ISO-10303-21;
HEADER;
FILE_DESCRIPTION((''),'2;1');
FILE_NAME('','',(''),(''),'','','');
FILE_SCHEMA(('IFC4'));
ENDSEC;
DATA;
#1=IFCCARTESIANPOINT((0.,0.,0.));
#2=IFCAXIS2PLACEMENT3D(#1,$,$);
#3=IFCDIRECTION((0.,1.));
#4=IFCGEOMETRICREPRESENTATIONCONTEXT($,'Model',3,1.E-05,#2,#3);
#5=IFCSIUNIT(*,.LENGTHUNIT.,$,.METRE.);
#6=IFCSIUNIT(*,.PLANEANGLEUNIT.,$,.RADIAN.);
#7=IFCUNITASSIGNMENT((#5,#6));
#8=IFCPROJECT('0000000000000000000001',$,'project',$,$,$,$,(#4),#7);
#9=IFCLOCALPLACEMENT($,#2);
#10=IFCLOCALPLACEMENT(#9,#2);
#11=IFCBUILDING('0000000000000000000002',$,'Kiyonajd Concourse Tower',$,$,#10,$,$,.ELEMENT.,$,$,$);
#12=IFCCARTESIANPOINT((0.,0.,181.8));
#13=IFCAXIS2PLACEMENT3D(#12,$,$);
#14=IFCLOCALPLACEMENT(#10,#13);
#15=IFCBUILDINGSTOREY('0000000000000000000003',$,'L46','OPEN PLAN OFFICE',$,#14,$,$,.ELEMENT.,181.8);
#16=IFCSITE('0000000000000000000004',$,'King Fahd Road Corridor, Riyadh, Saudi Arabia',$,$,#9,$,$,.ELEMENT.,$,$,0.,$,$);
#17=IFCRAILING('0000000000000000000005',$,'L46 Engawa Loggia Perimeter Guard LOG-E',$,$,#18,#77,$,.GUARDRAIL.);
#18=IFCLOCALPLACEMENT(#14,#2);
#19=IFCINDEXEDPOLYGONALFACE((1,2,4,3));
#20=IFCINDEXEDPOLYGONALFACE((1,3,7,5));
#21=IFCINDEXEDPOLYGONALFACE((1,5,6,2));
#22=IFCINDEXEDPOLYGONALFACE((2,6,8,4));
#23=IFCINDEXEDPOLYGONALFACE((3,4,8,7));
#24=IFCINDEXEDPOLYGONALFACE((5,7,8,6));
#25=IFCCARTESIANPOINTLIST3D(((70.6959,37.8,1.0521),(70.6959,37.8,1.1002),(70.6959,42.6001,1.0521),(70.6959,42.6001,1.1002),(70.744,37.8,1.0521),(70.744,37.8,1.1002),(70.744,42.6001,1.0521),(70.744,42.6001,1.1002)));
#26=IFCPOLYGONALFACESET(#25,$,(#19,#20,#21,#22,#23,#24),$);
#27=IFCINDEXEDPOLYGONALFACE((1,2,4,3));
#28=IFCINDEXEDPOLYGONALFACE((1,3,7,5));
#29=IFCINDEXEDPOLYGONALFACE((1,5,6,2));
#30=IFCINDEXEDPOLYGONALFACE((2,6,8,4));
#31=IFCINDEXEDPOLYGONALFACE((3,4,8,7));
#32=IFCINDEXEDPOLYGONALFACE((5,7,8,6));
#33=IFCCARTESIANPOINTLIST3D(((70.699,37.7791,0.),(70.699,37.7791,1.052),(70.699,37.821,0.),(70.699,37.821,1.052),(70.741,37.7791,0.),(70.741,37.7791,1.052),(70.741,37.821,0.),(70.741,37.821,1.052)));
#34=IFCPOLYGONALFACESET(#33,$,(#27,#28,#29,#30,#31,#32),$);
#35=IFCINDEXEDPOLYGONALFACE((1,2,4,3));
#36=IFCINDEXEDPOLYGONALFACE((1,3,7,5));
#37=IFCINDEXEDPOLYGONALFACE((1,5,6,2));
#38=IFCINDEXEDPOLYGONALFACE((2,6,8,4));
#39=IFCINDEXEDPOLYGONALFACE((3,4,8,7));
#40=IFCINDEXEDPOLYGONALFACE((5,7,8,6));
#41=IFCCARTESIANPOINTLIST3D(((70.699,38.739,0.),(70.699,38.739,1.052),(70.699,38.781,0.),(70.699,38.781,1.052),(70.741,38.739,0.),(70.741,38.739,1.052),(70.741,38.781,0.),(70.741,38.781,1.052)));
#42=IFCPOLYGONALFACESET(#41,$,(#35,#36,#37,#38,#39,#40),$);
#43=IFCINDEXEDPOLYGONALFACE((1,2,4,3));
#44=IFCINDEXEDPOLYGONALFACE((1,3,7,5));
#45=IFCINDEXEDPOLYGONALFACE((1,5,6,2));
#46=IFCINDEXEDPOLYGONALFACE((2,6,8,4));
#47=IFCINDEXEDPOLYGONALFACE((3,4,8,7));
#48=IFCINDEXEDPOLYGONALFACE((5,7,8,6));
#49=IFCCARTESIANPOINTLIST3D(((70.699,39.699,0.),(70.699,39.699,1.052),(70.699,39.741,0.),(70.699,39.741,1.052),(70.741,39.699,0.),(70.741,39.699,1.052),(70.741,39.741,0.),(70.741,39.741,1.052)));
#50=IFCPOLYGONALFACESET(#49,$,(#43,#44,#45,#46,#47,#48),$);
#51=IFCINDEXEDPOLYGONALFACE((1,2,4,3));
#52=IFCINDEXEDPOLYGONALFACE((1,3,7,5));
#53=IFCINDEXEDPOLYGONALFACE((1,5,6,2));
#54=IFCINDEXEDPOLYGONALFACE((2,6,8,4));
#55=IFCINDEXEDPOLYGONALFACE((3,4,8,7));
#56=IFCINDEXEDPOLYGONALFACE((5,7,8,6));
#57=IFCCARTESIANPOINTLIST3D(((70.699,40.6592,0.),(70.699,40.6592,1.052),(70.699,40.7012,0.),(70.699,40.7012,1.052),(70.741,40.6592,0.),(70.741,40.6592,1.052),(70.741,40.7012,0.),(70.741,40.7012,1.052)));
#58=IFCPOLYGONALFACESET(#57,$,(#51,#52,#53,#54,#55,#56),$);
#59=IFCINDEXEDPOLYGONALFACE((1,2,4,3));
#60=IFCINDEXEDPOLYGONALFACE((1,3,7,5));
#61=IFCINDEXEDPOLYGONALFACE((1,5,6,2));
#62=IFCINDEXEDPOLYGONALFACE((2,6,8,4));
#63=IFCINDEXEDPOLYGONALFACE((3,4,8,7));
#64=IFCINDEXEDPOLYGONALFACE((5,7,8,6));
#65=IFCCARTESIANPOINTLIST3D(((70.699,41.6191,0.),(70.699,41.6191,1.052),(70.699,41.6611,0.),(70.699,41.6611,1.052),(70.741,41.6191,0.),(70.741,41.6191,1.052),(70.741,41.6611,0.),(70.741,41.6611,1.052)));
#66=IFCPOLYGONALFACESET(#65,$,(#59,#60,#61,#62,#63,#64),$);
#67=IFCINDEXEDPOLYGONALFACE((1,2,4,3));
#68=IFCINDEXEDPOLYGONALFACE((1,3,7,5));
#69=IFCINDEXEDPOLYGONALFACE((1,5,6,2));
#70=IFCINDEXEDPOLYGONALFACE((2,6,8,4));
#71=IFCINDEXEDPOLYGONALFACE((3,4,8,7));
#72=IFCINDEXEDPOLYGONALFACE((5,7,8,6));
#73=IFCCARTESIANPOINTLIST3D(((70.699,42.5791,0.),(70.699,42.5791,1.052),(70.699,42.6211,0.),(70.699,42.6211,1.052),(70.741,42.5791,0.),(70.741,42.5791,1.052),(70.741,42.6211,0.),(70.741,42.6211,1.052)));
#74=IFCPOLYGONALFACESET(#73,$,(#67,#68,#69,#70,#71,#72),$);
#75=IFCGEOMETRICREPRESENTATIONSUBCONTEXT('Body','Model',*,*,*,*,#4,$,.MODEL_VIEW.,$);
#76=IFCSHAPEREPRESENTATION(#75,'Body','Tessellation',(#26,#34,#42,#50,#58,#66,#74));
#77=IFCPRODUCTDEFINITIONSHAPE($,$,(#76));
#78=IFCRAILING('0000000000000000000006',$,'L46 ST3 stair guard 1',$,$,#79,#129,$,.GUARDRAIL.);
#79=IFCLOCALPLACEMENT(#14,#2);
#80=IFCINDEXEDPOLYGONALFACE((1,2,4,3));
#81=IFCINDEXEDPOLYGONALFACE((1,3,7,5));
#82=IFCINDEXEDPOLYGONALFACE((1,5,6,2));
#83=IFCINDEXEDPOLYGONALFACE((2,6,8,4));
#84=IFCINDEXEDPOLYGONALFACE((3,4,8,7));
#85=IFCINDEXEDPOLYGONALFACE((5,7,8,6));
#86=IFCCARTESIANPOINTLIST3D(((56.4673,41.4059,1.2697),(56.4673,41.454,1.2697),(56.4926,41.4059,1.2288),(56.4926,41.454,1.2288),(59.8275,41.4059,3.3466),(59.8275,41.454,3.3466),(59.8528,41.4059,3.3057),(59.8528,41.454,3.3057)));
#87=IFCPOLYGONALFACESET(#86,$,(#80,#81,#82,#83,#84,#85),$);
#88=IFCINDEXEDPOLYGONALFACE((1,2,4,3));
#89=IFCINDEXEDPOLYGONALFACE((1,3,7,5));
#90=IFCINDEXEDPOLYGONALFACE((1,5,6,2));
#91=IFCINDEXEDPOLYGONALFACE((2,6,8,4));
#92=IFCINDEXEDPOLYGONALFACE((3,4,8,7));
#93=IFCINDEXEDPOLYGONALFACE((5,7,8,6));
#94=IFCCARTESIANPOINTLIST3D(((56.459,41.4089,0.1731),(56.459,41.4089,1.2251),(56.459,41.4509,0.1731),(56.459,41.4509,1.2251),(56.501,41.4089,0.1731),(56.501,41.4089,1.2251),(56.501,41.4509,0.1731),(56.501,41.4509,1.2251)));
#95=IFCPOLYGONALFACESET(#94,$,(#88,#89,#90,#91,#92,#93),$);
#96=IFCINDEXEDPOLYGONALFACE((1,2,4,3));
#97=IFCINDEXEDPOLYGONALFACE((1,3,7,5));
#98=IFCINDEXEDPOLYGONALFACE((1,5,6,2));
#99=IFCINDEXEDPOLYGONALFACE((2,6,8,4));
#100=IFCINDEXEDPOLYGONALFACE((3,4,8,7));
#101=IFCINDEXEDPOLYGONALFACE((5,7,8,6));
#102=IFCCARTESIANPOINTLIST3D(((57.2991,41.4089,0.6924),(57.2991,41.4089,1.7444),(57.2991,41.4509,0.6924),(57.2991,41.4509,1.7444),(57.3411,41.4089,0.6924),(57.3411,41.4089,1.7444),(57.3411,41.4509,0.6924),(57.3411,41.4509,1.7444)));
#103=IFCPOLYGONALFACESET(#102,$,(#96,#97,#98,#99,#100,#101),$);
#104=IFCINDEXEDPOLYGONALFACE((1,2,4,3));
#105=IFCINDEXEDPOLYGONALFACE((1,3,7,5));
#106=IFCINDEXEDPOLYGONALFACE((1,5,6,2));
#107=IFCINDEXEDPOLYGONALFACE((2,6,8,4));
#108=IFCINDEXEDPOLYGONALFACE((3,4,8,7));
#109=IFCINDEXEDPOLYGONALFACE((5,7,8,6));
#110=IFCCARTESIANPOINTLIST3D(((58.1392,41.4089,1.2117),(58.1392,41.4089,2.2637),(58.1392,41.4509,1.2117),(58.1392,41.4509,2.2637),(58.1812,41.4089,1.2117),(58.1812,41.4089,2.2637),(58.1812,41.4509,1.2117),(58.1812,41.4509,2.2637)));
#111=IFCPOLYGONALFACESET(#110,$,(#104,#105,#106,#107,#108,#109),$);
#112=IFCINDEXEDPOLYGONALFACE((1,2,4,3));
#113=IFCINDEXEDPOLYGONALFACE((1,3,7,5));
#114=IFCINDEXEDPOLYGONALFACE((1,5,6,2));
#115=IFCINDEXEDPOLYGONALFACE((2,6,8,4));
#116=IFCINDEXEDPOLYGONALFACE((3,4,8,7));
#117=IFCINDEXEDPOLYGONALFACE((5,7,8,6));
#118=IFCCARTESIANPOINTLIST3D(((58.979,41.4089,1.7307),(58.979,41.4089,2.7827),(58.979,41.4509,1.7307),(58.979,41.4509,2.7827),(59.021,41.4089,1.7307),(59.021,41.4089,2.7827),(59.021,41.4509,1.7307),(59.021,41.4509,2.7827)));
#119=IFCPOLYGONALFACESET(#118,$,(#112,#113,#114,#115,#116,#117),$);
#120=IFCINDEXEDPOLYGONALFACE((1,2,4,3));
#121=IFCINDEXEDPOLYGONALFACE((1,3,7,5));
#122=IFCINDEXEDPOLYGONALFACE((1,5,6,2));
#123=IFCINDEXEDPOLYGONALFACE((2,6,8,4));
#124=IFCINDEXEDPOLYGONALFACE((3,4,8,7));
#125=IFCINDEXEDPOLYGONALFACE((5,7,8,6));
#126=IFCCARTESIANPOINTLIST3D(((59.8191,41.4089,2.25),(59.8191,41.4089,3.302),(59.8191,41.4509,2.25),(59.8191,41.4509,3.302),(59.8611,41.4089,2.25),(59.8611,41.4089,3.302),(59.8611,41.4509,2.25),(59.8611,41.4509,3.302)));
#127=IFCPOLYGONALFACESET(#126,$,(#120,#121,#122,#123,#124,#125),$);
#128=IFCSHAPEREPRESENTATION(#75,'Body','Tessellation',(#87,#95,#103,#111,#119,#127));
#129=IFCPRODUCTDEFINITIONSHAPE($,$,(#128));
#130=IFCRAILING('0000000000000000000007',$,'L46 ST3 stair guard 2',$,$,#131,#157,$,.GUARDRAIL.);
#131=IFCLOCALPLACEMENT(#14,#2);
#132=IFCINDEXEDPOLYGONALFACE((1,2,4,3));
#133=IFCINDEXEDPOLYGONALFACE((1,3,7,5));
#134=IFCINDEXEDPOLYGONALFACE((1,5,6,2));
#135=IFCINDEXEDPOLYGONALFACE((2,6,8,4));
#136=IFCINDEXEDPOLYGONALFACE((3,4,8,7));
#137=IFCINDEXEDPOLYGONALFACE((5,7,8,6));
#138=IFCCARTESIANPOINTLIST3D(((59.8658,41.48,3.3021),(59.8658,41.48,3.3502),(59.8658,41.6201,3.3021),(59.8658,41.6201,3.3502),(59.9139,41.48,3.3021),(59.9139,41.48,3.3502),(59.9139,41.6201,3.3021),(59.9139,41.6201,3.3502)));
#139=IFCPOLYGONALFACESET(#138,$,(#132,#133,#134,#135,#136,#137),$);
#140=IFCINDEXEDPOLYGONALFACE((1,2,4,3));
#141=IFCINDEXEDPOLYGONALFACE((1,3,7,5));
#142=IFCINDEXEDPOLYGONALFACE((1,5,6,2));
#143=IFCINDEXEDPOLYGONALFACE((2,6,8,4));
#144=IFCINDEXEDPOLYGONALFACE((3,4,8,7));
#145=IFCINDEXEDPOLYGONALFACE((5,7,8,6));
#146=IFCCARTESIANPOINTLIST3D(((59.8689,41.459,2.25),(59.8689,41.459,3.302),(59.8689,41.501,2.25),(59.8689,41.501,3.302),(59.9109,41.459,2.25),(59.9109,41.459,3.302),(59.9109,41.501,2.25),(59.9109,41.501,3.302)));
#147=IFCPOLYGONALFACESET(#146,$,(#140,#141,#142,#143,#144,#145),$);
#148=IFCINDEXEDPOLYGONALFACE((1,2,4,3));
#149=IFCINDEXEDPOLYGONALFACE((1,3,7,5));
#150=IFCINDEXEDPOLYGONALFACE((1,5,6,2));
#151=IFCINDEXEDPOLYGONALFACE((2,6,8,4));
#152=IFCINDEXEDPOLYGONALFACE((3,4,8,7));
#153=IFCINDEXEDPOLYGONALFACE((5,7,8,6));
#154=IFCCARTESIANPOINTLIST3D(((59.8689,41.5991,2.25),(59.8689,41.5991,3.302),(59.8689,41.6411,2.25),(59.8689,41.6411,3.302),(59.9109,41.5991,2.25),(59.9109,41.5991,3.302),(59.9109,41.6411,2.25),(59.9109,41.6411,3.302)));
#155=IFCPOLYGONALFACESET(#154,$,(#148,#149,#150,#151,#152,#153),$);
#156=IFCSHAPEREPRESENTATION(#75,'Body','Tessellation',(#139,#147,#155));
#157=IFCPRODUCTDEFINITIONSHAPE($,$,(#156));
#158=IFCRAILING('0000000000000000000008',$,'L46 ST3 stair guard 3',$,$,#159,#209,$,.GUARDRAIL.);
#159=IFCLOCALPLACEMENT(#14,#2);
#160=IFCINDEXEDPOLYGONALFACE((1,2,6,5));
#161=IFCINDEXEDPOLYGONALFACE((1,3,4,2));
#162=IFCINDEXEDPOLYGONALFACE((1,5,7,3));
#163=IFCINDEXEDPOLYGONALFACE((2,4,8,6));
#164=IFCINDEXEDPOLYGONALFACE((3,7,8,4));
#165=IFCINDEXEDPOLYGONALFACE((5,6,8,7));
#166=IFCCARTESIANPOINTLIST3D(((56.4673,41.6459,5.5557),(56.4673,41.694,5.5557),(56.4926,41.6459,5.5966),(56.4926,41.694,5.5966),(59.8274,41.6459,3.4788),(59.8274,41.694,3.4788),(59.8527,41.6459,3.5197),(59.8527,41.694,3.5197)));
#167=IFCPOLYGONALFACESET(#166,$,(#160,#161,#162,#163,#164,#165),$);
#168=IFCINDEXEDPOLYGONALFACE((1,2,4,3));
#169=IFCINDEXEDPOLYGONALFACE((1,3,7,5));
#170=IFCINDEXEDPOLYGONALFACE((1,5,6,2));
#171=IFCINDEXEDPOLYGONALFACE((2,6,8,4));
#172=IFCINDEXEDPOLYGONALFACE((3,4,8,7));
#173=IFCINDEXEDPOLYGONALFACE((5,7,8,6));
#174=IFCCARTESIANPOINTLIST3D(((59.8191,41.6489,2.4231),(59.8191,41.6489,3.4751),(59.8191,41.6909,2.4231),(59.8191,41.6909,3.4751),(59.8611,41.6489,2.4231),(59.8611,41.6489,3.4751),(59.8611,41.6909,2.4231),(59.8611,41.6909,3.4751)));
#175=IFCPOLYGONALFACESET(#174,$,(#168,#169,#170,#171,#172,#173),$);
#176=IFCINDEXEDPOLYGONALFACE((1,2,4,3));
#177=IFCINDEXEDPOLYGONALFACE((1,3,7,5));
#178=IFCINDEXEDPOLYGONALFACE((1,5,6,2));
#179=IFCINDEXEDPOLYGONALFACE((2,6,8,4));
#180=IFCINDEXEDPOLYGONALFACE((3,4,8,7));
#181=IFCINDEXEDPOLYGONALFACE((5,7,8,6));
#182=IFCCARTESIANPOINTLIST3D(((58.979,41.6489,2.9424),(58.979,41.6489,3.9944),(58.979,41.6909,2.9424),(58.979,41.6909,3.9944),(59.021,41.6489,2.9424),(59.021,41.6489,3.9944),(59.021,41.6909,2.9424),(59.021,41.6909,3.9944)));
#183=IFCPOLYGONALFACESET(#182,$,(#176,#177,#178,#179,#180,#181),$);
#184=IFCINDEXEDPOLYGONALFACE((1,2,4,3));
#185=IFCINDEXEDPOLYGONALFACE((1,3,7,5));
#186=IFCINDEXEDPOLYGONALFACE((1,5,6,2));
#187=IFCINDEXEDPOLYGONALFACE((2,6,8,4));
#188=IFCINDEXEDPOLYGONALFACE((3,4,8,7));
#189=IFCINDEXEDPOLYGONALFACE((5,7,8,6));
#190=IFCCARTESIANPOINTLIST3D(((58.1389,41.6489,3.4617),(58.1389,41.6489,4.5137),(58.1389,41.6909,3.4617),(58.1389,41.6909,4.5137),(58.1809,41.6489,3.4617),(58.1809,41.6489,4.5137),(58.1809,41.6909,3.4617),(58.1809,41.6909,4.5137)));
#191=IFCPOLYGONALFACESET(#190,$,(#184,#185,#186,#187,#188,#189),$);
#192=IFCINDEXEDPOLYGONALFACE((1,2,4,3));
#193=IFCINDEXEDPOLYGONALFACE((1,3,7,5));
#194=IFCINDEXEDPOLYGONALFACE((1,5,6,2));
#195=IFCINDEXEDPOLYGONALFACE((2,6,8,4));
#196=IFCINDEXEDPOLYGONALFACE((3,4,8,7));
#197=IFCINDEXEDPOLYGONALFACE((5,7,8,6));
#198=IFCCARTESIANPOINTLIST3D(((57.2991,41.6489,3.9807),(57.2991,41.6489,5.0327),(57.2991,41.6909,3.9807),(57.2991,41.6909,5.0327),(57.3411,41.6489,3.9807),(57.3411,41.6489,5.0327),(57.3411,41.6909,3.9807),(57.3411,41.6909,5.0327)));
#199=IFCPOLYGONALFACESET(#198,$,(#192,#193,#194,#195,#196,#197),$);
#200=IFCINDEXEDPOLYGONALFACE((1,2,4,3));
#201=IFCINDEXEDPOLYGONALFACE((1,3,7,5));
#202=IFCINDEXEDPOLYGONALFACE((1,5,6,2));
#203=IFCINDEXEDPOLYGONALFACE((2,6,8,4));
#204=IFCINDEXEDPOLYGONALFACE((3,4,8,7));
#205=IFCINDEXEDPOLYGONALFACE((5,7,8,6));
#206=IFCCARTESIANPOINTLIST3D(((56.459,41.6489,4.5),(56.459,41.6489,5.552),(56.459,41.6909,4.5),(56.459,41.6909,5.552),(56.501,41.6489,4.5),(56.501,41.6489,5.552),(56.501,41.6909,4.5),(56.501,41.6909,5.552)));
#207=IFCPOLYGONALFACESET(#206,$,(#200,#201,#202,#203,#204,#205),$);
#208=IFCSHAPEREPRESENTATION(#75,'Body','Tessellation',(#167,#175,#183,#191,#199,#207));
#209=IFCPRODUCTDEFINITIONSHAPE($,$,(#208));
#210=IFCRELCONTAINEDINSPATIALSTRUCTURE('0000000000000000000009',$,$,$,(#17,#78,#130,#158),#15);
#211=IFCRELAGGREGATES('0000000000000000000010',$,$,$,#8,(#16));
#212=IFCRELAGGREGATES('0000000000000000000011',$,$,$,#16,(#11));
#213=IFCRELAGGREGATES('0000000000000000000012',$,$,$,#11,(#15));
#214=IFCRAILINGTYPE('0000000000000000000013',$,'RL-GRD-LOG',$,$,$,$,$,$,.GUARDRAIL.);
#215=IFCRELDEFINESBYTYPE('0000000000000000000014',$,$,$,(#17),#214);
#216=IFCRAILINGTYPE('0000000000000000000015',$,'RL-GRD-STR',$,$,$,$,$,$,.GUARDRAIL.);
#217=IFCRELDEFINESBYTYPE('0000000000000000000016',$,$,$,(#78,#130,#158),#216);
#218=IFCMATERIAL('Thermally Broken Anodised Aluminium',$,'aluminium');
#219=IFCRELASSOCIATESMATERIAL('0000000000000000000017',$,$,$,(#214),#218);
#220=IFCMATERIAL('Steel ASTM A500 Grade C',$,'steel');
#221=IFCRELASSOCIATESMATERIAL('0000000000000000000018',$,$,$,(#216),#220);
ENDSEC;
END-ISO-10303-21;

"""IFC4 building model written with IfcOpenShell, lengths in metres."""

from ifc_helpers import new_model, si_unit, direction, frame, origin, origin_2d, place, context, subcontext, project, spatial, rectangle, extrude, material, type_object, element, save


model = new_model("IFC4")

# Units and contexts
model_context = context("Model", 3, precision=1e-05, world=origin(), true_north=direction((0.0, 1.0)))
body_context = subcontext(model_context, "Body", "Model", "MODEL_VIEW")
ifc_project = project(units=[si_unit("LENGTHUNIT", "METRE"), si_unit("PLANEANGLEUNIT", "RADIAN")], contexts=[model_context])

# Site, building, storey
site_placement = place(None, origin())
site = spatial("IfcSite", under=ifc_project, at=site_placement, Name="King Fahd Road Corridor, Riyadh, Saudi Arabia", CompositionType="ELEMENT", RefElevation=0.0)
building_placement = place(site_placement, origin())
building = spatial("IfcBuilding", under=site, at=building_placement, Name="Kiyonajd Concourse Tower", CompositionType="ELEMENT")
storey_placement = place(building_placement, frame((0.0, 0.0, 181.8)))
storey = spatial("IfcBuildingStorey", under=building, at=storey_placement, Name="L46", Description="OPEN PLAN OFFICE", CompositionType="ELEMENT", Elevation=181.8)

# Shared definitions
ifc_material_1 = material(Name="Thermally Broken Anodised Aluminium", Category="aluminium")

# Railings
railing_type_1 = type_object("IfcRailingType", Name="RL-GRD-LOG", PredefinedType="GUARDRAIL", material=ifc_material_1)
railing_1_placement = place(storey_placement, frame((70.72, 37.8, 0.0)))
element("IfcRailing", 1, at=railing_1_placement, inside=storey, type_object=railing_type_1, Name="L46 Engawa Loggia Perimeter Guard LOG-E", PredefinedType="GUARDRAIL", context=body_context, shape_type="SweptSolid", body=[
    extrude(rectangle(XDim=0.0481, YDim=0.0481, at=origin_2d()), frame((0.0, 0.0, 1.0762), z_axis=(0.0, 1.0, 0.0), x_axis=(-1.0, 0.0, 0.0)), (0.0, 0.0, 1.0), 4.8),
    extrude(rectangle(XDim=0.042, YDim=0.042, at=origin_2d()), origin(), (0.0, 0.0, 1.0), 1.052),
    extrude(rectangle(XDim=0.042, YDim=0.042, at=origin_2d()), frame((0.0, 0.96, 0.0)), (0.0, 0.0, 1.0), 1.052),
    extrude(rectangle(XDim=0.042, YDim=0.042, at=origin_2d()), frame((0.0, 1.9199, 0.0)), (0.0, 0.0, 1.0), 1.052),
    extrude(rectangle(XDim=0.042, YDim=0.042, at=origin_2d()), frame((0.0, 2.8801, 0.0)), (0.0, 0.0, 1.0), 1.052),
    extrude(rectangle(XDim=0.042, YDim=0.042, at=origin_2d()), frame((0.0, 3.8401, 0.0)), (0.0, 0.0, 1.0), 1.052),
    extrude(rectangle(XDim=0.042, YDim=0.042, at=origin_2d()), frame((0.0, 4.8, 0.0)), (0.0, 0.0, 1.0), 1.052),
])
ifc_material_2 = material(Name="Steel ASTM A500 Grade C", Category="steel")
railing_type_2 = type_object("IfcRailingType", Name="RL-GRD-STR", PredefinedType="GUARDRAIL", material=ifc_material_2)
railing_2_placement = place(storey_placement, frame((56.48, 41.4299, 0.1731)))
element("IfcRailing", 2, at=railing_2_placement, inside=storey, type_object=railing_type_2, Name="L46 ST3 stair guard 1", PredefinedType="GUARDRAIL", context=body_context, shape_type="SweptSolid", body=[
    extrude(rectangle(XDim=0.0481, YDim=0.0481, at=origin_2d()), frame((0.0, 0.0, 1.0762), z_axis=(0.850623, 0.0, 0.525776), x_axis=(0.0, 1.0, 0.0)), (0.0, 0.0, 1.0), 3.9502),
    extrude(rectangle(XDim=0.042, YDim=0.042, at=origin_2d()), origin(), (0.0, 0.0, 1.0), 1.052),
    extrude(rectangle(XDim=0.042, YDim=0.042, at=origin_2d()), frame((0.8401, 0.0, 0.5193)), (0.0, 0.0, 1.0), 1.052),
    extrude(rectangle(XDim=0.042, YDim=0.042, at=origin_2d()), frame((1.6802, 0.0, 1.0386)), (0.0, 0.0, 1.0), 1.052),
    extrude(rectangle(XDim=0.042, YDim=0.042, at=origin_2d()), frame((2.52, 0.0, 1.5576)), (0.0, 0.0, 1.0), 1.052),
    extrude(rectangle(XDim=0.042, YDim=0.042, at=origin_2d()), frame((3.3601, 0.0, 2.0769)), (0.0, 0.0, 1.0), 1.052),
])
railing_3_placement = place(storey_placement, frame((59.8899, 41.48, 2.25)))
element("IfcRailing", 3, at=railing_3_placement, inside=storey, type_object=railing_type_2, Name="L46 ST3 stair guard 2", PredefinedType="GUARDRAIL", context=body_context, shape_type="SweptSolid", body=[
    extrude(rectangle(XDim=0.0481, YDim=0.0481, at=origin_2d()), frame((0.0, 0.0, 1.0762), z_axis=(0.0, 1.0, 0.0), x_axis=(-1.0, 0.0, 0.0)), (0.0, 0.0, 1.0), 0.1401),
    extrude(rectangle(XDim=0.042, YDim=0.042, at=origin_2d()), origin(), (0.0, 0.0, 1.0), 1.052),
    extrude(rectangle(XDim=0.042, YDim=0.042, at=origin_2d()), frame((0.0, 0.1401, 0.0)), (0.0, 0.0, 1.0), 1.052),
])
railing_4_placement = place(storey_placement, frame((59.8401, 41.6699, 2.4231)))
element("IfcRailing", 4, at=railing_4_placement, inside=storey, type_object=railing_type_2, Name="L46 ST3 stair guard 3", PredefinedType="GUARDRAIL", context=body_context, shape_type="SweptSolid", body=[
    extrude(rectangle(XDim=0.0481, YDim=0.0481, at=origin_2d()), frame((0.0, 0.0, 1.0762), z_axis=(-0.850623, 0.0, 0.525776), x_axis=(0.0, -1.0, 0.0)), (0.0, 0.0, 1.0), 3.9502),
    extrude(rectangle(XDim=0.042, YDim=0.042, at=origin_2d()), origin(), (0.0, 0.0, 1.0), 1.052),
    extrude(rectangle(XDim=0.042, YDim=0.042, at=origin_2d()), frame((-0.8401, 0.0, 0.5193)), (0.0, 0.0, 1.0), 1.052),
    extrude(rectangle(XDim=0.042, YDim=0.042, at=origin_2d()), frame((-1.6802, 0.0, 1.0386)), (0.0, 0.0, 1.0), 1.052),
    extrude(rectangle(XDim=0.042, YDim=0.042, at=origin_2d()), frame((-2.52, 0.0, 1.5576)), (0.0, 0.0, 1.0), 1.052),
    extrude(rectangle(XDim=0.042, YDim=0.042, at=origin_2d()), frame((-3.3601, 0.0, 2.0769)), (0.0, 0.0, 1.0), 1.052),
])

save(model, "model.ifc")
